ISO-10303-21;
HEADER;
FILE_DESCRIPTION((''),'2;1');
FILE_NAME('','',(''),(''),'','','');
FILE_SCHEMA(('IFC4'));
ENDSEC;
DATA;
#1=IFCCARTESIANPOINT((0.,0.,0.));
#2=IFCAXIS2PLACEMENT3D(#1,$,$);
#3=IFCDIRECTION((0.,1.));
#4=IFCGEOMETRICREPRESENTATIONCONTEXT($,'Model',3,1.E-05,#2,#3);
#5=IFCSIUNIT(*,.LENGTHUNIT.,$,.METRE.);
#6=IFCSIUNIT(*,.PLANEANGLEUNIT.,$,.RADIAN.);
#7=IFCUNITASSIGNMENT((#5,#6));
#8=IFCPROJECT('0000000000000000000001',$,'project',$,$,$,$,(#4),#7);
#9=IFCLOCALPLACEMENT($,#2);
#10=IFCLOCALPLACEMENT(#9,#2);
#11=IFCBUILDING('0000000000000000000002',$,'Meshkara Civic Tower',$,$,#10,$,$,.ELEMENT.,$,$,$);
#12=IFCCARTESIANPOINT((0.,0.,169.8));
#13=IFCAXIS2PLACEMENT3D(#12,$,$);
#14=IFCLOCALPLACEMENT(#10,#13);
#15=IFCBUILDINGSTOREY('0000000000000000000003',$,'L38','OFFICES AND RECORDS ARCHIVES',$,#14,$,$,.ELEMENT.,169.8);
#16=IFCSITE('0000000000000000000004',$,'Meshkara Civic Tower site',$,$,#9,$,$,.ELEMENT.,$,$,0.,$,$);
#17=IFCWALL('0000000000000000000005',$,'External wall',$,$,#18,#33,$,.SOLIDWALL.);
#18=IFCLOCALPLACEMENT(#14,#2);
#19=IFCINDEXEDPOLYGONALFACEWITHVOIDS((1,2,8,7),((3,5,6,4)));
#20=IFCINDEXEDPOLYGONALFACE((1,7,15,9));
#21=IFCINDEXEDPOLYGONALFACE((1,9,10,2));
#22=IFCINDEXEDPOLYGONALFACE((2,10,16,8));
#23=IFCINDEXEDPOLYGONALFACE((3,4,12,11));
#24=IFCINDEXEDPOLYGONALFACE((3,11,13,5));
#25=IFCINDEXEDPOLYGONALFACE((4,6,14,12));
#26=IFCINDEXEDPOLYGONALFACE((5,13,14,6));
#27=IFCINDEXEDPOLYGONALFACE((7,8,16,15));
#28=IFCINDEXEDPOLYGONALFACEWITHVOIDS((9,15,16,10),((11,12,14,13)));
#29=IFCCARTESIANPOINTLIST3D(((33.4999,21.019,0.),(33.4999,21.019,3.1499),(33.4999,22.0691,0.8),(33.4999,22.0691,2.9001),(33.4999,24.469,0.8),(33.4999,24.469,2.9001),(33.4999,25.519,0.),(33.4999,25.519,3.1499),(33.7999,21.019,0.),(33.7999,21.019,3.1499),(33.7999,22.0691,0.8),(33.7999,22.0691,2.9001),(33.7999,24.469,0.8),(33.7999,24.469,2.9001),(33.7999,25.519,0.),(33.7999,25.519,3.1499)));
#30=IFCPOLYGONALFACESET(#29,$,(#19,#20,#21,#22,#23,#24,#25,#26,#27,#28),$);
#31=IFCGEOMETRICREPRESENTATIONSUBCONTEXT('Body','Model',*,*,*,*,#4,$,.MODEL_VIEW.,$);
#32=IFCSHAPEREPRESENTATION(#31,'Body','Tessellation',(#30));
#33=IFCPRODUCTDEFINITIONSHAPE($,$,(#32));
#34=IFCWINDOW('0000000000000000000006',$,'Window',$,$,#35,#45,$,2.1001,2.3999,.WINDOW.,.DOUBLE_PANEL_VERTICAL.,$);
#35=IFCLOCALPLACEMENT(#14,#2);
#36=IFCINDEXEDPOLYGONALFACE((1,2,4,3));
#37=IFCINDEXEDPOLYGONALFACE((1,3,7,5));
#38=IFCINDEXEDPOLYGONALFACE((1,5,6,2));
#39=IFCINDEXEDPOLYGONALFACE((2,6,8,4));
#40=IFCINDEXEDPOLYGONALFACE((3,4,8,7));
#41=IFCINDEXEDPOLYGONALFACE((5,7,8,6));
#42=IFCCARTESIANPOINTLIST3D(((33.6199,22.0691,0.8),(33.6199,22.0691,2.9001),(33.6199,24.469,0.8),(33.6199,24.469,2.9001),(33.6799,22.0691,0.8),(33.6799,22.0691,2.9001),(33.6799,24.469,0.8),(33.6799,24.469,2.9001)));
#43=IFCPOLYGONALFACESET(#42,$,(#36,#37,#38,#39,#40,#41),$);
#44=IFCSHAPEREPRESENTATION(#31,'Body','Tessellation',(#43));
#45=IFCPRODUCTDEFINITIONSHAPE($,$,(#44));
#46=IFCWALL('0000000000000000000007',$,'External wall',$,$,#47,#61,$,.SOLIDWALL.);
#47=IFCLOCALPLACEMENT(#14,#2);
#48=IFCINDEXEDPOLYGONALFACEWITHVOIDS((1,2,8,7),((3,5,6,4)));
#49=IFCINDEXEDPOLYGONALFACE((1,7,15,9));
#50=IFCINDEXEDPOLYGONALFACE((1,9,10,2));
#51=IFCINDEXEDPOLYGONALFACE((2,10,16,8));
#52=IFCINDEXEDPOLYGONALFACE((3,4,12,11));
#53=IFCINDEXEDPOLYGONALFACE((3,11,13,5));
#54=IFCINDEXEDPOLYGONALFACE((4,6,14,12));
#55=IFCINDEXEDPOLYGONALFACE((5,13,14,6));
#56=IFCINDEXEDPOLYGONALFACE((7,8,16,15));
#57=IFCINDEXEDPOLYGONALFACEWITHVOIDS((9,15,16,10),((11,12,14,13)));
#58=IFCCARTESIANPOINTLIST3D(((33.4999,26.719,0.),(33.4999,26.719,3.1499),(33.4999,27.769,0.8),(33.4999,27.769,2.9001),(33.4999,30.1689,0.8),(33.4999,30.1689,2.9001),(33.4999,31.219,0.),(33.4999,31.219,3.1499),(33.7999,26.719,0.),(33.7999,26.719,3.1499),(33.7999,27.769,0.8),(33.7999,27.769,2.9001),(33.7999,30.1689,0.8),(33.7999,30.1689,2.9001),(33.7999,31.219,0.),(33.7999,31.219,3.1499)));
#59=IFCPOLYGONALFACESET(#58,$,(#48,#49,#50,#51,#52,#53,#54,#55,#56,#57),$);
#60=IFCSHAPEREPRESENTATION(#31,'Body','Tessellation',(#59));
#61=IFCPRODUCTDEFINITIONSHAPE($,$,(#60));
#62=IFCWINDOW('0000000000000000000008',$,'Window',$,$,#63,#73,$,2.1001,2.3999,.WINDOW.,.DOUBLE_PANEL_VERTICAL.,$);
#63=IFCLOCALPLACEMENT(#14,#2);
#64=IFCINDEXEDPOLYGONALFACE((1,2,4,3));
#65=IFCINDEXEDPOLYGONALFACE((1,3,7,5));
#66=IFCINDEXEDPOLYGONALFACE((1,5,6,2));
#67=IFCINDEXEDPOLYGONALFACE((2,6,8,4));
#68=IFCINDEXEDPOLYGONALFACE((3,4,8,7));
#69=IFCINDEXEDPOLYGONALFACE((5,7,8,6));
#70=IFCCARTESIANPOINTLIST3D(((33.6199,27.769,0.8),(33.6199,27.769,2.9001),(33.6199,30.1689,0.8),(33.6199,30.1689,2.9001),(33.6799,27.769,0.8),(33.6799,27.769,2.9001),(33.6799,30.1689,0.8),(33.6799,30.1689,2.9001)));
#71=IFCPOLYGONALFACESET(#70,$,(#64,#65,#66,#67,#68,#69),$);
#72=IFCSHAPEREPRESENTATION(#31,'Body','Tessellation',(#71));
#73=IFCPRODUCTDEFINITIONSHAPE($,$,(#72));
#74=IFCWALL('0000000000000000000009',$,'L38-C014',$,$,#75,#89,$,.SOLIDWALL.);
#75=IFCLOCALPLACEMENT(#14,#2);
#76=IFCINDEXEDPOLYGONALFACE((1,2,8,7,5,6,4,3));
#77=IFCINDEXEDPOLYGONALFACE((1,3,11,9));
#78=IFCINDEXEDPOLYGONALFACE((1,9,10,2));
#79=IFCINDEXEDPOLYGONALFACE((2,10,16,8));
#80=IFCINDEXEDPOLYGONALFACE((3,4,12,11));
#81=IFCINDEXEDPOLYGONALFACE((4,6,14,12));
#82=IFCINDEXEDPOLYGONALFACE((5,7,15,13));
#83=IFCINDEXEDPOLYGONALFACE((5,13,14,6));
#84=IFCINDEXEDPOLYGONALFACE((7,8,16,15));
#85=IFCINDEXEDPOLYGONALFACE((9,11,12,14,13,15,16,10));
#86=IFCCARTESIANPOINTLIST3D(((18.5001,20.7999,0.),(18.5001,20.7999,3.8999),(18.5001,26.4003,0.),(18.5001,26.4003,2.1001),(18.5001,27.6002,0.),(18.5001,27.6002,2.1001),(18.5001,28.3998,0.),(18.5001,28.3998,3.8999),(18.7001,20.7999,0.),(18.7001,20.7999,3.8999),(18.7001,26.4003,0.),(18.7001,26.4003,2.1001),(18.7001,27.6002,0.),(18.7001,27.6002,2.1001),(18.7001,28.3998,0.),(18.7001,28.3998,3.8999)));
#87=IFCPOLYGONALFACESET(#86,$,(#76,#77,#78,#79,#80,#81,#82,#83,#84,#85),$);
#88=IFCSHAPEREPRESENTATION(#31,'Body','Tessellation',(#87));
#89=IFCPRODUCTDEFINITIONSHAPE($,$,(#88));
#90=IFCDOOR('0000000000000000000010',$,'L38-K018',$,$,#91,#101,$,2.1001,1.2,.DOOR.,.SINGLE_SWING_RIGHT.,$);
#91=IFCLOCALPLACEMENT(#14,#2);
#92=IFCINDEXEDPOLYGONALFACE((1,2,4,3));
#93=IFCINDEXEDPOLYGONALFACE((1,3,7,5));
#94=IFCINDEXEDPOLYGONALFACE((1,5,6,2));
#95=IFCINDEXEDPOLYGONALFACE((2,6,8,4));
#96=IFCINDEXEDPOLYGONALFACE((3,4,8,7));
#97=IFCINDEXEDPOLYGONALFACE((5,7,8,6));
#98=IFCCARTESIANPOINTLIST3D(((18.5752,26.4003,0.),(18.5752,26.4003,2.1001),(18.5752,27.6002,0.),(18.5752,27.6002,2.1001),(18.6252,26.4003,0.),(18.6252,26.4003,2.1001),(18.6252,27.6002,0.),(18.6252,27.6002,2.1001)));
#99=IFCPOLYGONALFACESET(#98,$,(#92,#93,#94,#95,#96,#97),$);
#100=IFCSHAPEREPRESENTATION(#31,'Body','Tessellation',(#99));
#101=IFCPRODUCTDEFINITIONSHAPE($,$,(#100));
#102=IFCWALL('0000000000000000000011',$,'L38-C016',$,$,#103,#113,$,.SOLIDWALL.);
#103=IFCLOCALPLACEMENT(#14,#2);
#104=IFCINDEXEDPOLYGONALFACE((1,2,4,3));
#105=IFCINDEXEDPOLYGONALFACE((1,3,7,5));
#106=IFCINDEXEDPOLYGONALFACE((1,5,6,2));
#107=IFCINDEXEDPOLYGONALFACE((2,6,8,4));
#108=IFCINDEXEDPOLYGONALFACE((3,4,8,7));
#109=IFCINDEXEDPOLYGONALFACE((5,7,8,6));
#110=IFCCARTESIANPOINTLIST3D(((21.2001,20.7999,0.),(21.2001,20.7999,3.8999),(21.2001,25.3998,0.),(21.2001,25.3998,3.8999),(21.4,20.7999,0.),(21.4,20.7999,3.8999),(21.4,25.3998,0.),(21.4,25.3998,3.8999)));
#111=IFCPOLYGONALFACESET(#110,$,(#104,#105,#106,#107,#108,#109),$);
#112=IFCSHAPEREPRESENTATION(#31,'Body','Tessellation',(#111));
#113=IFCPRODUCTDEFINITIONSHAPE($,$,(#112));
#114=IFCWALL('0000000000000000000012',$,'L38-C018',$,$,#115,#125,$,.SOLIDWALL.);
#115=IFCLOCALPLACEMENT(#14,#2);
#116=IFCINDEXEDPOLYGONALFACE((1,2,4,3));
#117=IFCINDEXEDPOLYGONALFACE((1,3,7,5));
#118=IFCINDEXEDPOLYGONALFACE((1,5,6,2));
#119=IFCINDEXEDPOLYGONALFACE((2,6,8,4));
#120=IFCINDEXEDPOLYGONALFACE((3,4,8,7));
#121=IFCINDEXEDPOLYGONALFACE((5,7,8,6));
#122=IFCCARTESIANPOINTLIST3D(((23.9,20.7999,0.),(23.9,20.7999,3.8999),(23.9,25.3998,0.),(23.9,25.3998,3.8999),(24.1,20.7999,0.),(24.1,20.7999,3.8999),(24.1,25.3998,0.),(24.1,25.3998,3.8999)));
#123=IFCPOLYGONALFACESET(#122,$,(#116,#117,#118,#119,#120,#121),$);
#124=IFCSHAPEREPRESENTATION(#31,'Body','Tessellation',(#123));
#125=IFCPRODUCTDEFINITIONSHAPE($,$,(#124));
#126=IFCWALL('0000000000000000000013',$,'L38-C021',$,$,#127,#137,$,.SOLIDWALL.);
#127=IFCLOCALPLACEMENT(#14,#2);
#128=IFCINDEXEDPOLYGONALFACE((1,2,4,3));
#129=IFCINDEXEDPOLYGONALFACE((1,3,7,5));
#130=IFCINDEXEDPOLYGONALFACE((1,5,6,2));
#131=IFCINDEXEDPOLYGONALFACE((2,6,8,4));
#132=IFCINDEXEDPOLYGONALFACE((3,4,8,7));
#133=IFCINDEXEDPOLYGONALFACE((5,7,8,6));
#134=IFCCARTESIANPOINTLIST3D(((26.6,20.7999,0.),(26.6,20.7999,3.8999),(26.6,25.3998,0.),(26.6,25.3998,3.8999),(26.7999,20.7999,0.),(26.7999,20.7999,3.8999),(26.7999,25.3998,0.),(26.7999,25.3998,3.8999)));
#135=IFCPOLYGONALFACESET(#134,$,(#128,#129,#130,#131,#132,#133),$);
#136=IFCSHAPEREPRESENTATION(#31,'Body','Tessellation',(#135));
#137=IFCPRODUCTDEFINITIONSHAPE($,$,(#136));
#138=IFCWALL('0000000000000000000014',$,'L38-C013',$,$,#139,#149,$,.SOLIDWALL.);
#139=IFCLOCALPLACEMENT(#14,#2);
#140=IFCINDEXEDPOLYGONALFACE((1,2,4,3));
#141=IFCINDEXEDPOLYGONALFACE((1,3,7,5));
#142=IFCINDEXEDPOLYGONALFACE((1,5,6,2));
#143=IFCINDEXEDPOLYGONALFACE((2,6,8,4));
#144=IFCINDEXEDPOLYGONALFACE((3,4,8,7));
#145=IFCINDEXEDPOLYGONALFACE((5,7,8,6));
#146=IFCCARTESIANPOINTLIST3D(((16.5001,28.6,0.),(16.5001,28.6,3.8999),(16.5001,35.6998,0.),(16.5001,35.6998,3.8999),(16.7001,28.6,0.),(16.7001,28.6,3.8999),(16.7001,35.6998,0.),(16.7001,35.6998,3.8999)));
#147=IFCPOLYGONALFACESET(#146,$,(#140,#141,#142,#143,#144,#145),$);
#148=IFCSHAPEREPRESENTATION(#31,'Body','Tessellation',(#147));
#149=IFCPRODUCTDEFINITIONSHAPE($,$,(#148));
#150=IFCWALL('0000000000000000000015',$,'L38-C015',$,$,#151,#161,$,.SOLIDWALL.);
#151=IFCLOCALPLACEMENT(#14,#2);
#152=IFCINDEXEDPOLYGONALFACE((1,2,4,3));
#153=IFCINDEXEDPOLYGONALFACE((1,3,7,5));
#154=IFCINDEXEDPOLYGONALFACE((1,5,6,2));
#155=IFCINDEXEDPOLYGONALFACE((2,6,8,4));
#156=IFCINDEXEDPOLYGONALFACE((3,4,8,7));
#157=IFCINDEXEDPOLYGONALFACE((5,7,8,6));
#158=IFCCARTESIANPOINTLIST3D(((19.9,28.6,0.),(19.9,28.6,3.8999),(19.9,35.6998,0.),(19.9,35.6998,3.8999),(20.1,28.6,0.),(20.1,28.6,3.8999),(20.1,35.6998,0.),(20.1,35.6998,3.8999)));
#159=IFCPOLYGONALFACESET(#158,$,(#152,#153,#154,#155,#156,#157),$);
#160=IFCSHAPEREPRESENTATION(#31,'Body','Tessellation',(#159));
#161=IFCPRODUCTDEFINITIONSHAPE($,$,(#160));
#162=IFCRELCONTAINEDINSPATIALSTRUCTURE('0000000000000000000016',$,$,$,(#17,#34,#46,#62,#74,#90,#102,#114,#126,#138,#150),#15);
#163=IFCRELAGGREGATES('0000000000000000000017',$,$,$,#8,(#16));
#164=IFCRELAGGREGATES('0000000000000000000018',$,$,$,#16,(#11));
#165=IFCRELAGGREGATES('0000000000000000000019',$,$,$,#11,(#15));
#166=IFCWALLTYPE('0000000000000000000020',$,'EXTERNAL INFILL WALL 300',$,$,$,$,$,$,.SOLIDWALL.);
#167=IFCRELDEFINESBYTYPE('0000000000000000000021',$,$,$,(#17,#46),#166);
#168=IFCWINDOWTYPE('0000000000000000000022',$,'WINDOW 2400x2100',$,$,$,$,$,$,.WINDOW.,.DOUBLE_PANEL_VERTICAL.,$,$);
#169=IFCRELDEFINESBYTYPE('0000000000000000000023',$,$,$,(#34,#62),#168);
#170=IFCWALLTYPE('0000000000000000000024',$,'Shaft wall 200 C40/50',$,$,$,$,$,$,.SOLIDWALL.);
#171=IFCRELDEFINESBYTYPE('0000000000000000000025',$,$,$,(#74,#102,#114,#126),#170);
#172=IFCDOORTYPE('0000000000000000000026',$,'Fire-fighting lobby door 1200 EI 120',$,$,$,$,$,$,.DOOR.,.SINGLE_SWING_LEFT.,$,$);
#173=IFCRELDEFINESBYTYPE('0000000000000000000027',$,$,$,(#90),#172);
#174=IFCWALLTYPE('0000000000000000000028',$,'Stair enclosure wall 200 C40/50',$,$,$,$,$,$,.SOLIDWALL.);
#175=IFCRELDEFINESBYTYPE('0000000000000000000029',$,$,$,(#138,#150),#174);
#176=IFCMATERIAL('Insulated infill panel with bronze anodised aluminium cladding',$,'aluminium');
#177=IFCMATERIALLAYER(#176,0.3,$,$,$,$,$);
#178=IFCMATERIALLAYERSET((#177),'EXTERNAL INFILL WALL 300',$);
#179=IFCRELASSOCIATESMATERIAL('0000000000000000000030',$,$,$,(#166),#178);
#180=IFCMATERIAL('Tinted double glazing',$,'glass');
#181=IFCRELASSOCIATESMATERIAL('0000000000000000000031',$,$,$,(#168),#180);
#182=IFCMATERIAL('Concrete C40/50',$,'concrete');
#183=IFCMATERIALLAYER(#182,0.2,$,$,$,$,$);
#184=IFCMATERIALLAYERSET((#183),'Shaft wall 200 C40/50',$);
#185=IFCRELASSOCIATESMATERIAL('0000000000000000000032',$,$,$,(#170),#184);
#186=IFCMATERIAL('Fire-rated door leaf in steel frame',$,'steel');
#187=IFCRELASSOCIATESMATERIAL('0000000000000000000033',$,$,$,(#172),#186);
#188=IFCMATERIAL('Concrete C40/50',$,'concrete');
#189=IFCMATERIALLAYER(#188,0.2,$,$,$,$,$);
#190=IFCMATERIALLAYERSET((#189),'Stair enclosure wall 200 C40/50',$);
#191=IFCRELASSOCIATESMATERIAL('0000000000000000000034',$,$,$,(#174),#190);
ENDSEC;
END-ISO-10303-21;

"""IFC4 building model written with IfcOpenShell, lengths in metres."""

from ifc_helpers import new_model, si_unit, direction, frame, frame_2d, origin, place, context, subcontext, project, spatial, rectangle, extrude, material, layer, layer_set, type_object, element, fill, save


model = new_model("IFC4")

# Units and contexts
model_context = context("Model", 3, precision=1e-05, world=origin(), true_north=direction((0.0, 1.0)))
body_context = subcontext(model_context, "Body", "Model", "MODEL_VIEW")
ifc_project = project(units=[si_unit("LENGTHUNIT", "METRE"), si_unit("PLANEANGLEUNIT", "RADIAN")], contexts=[model_context])

# Site, building, storey
site_placement = place(None, origin())
site = spatial("IfcSite", under=ifc_project, at=site_placement, Name="Meshkara Civic Tower site", CompositionType="ELEMENT", RefElevation=0.0)
building_placement = place(site_placement, origin())
building = spatial("IfcBuilding", under=site, at=building_placement, Name="Meshkara Civic Tower", CompositionType="ELEMENT")
storey_placement = place(building_placement, frame((0.0, 0.0, 169.8)))
storey = spatial("IfcBuildingStorey", under=building, at=storey_placement, Name="L38", Description="OFFICES AND RECORDS ARCHIVES", CompositionType="ELEMENT", Elevation=169.8)

# Walls, openings, windows
ifc_material_1 = material(Name="Insulated infill panel with bronze anodised aluminium cladding", Category="aluminium")
ifc_layer_1 = layer(ifc_material_1, 0.3)
ifc_layer_set_1 = layer_set([ifc_layer_1], Name="EXTERNAL INFILL WALL 300")
wall_type_1 = type_object("IfcWallType", Name="EXTERNAL INFILL WALL 300", PredefinedType="SOLIDWALL", material=ifc_layer_set_1)
ifc_material_2 = material(Name="Tinted double glazing", Category="glass")
window_type = type_object("IfcWindowType", Name="WINDOW 2400x2100", PartitioningType="DOUBLE_PANEL_VERTICAL", PredefinedType="WINDOW", material=ifc_material_2)
wall_1_placement = place(storey_placement, frame((33.6499, 21.019, 0.0), z_axis=(0.0, 0.0, 1.0), x_axis=(0.0, 1.0, 0.0)))
wall_1 = element("IfcWall", 1, at=wall_1_placement, inside=storey, type_object=wall_type_1, Name="External wall", PredefinedType="SOLIDWALL", context=body_context, shape_type="SweptSolid", body=[
    extrude(rectangle(XDim=4.5, YDim=0.3, at=frame_2d((2.25, 0.0))), origin(), (0.0, 0.0, 1.0), 3.1499),
])
opening_1_placement = place(wall_1_placement, frame((1.05, 0.0, 0.8)))
opening_1 = element("IfcOpeningElement", 2, at=opening_1_placement, cuts=wall_1, PredefinedType="OPENING", context=body_context, shape_type="SweptSolid", body=[
    extrude(rectangle(XDim=2.3999, YDim=2.1001, at=frame_2d((1.2, 1.05))), frame((0.0, 0.1599, 0.0), z_axis=(0.0, -1.0, 0.0), x_axis=(1.0, 0.0, 0.0)), (0.0, 0.0, 1.0), 0.3201),
])
window_1_placement = place(opening_1_placement, origin())
window_1 = element("IfcWindow", 3, at=window_1_placement, inside=storey, type_object=window_type, Name="Window", OverallHeight=2.1001, OverallWidth=2.3999, PartitioningType="DOUBLE_PANEL_VERTICAL", PredefinedType="WINDOW", context=body_context, shape_type="SweptSolid", body=[
    extrude(rectangle(XDim=2.3999, YDim=2.1001, at=frame_2d((1.2, 1.05))), frame((0.0, 0.03, 0.0), z_axis=(0.0, -1.0, 0.0), x_axis=(1.0, 0.0, 0.0)), (0.0, 0.0, 1.0), 0.0601),
])
fill(opening_1, window_1)
wall_2_placement = place(storey_placement, frame((33.6499, 26.719, 0.0), z_axis=(0.0, 0.0, 1.0), x_axis=(0.0, 1.0, 0.0)))
wall_2 = element("IfcWall", 4, at=wall_2_placement, inside=storey, type_object=wall_type_1, Name="External wall", PredefinedType="SOLIDWALL", context=body_context, shape_type="SweptSolid", body=[
    extrude(rectangle(XDim=4.5, YDim=0.3, at=frame_2d((2.25, 0.0))), origin(), (0.0, 0.0, 1.0), 3.1499),
])
opening_2_placement = place(wall_2_placement, frame((1.05, 0.0, 0.8)))
opening_2 = element("IfcOpeningElement", 5, at=opening_2_placement, cuts=wall_2, PredefinedType="OPENING", context=body_context, shape_type="SweptSolid", body=[
    extrude(rectangle(XDim=2.3999, YDim=2.1001, at=frame_2d((1.2, 1.05))), frame((0.0, 0.1599, 0.0), z_axis=(0.0, -1.0, 0.0), x_axis=(1.0, 0.0, 0.0)), (0.0, 0.0, 1.0), 0.3201),
])
window_2_placement = place(opening_2_placement, origin())
window_2 = element("IfcWindow", 6, at=window_2_placement, inside=storey, type_object=window_type, Name="Window", OverallHeight=2.1001, OverallWidth=2.3999, PartitioningType="DOUBLE_PANEL_VERTICAL", PredefinedType="WINDOW", context=body_context, shape_type="SweptSolid", body=[
    extrude(rectangle(XDim=2.3999, YDim=2.1001, at=frame_2d((1.2, 1.05))), frame((0.0, 0.03, 0.0), z_axis=(0.0, -1.0, 0.0), x_axis=(1.0, 0.0, 0.0)), (0.0, 0.0, 1.0), 0.0601),
])
fill(opening_2, window_2)

# Wall, opening, door
ifc_material_3 = material(Name="Concrete C40/50", Category="concrete")
ifc_layer_2 = layer(ifc_material_3, 0.2)
ifc_layer_set_2 = layer_set([ifc_layer_2], Name="Shaft wall 200 C40/50")
wall_type_2 = type_object("IfcWallType", Name="Shaft wall 200 C40/50", PredefinedType="SOLIDWALL", material=ifc_layer_set_2)
wall_3_placement = place(storey_placement, frame((18.6001, 20.8, 0.0), z_axis=(0.0, 0.0, 1.0), x_axis=(0.0, 1.0, 0.0)))
wall_3 = element("IfcWall", 7, at=wall_3_placement, inside=storey, type_object=wall_type_2, Name="L38-C014", PredefinedType="SOLIDWALL", context=body_context, shape_type="SweptSolid", body=[
    extrude(rectangle(XDim=7.5999, YDim=0.2, at=frame_2d((3.7998, 0.0))), origin(), (0.0, 0.0, 1.0), 3.8999),
])
opening_3_placement = place(wall_3_placement, frame((5.6001, 0.0, 0.0)))
opening_3 = element("IfcOpeningElement", 8, at=opening_3_placement, cuts=wall_3, PredefinedType="OPENING", context=body_context, shape_type="SweptSolid", body=[
    extrude(rectangle(XDim=1.2, YDim=2.1001, at=frame_2d((0.6001, 1.05))), frame((0.0, 0.1099, 0.0), z_axis=(0.0, -1.0, 0.0), x_axis=(1.0, 0.0, 0.0)), (0.0, 0.0, 1.0), 0.22),
])
ifc_material_4 = material(Name="Fire-rated door leaf in steel frame", Category="steel")
door_type = type_object("IfcDoorType", Name="Fire-fighting lobby door 1200 EI 120", OperationType="SINGLE_SWING_LEFT", PredefinedType="DOOR", material=ifc_material_4)
door_placement = place(opening_3_placement, origin())
door = element("IfcDoor", 9, at=door_placement, inside=storey, type_object=door_type, Name="L38-K018", OperationType="SINGLE_SWING_RIGHT", OverallHeight=2.1001, OverallWidth=1.2, PredefinedType="DOOR", context=body_context, shape_type="SweptSolid", body=[
    extrude(rectangle(XDim=1.2, YDim=2.1001, at=frame_2d((0.6001, 1.05))), frame((0.0, 0.0249, 0.0), z_axis=(0.0, -1.0, 0.0), x_axis=(1.0, 0.0, 0.0)), (0.0, 0.0, 1.0), 0.05),
])
fill(opening_3, door)

# Walls
for number, where, z_axis, x_axis, name in (
    (10, (21.3, 20.8, 0.0), (0.0, 0.0, 1.0), (0.0, 1.0, 0.0), "L38-C016"),
    (11, (24.0, 20.8, 0.0), (0.0, 0.0, 1.0), (0.0, 1.0, 0.0), "L38-C018"),
    (12, (26.7, 20.8, 0.0), (0.0, 0.0, 1.0), (0.0, 1.0, 0.0), "L38-C021"),
):
    element("IfcWall", number, at=place(storey_placement, frame(where, z_axis=z_axis, x_axis=x_axis)), inside=storey, type_object=wall_type_2, Name=name, PredefinedType="SOLIDWALL", context=body_context, shape_type="SweptSolid", body=[
        extrude(rectangle(XDim=4.5999, YDim=0.2, at=frame_2d((2.2998, 0.0))), origin(), (0.0, 0.0, 1.0), 3.8999),
    ])
ifc_material_5 = material(Name="Concrete C40/50", Category="concrete")
ifc_layer_3 = layer(ifc_material_5, 0.2)
ifc_layer_set_3 = layer_set([ifc_layer_3], Name="Stair enclosure wall 200 C40/50")
wall_type_3 = type_object("IfcWallType", Name="Stair enclosure wall 200 C40/50", PredefinedType="SOLIDWALL", material=ifc_layer_set_3)
for number, where, z_axis, x_axis, name in (
    (13, (16.6001, 28.6001, 0.0), (0.0, 0.0, 1.0), (0.0, 1.0, 0.0), "L38-C013"),
    (14, (20.0, 28.6001, 0.0), (0.0, 0.0, 1.0), (0.0, 1.0, 0.0), "L38-C015"),
):
    element("IfcWall", number, at=place(storey_placement, frame(where, z_axis=z_axis, x_axis=x_axis)), inside=storey, type_object=wall_type_3, Name=name, PredefinedType="SOLIDWALL", context=body_context, shape_type="SweptSolid", body=[
        extrude(rectangle(XDim=7.0999, YDim=0.2, at=frame_2d((3.5498, 0.0))), origin(), (0.0, 0.0, 1.0), 3.8999),
    ])

save(model, "model.ifc")
